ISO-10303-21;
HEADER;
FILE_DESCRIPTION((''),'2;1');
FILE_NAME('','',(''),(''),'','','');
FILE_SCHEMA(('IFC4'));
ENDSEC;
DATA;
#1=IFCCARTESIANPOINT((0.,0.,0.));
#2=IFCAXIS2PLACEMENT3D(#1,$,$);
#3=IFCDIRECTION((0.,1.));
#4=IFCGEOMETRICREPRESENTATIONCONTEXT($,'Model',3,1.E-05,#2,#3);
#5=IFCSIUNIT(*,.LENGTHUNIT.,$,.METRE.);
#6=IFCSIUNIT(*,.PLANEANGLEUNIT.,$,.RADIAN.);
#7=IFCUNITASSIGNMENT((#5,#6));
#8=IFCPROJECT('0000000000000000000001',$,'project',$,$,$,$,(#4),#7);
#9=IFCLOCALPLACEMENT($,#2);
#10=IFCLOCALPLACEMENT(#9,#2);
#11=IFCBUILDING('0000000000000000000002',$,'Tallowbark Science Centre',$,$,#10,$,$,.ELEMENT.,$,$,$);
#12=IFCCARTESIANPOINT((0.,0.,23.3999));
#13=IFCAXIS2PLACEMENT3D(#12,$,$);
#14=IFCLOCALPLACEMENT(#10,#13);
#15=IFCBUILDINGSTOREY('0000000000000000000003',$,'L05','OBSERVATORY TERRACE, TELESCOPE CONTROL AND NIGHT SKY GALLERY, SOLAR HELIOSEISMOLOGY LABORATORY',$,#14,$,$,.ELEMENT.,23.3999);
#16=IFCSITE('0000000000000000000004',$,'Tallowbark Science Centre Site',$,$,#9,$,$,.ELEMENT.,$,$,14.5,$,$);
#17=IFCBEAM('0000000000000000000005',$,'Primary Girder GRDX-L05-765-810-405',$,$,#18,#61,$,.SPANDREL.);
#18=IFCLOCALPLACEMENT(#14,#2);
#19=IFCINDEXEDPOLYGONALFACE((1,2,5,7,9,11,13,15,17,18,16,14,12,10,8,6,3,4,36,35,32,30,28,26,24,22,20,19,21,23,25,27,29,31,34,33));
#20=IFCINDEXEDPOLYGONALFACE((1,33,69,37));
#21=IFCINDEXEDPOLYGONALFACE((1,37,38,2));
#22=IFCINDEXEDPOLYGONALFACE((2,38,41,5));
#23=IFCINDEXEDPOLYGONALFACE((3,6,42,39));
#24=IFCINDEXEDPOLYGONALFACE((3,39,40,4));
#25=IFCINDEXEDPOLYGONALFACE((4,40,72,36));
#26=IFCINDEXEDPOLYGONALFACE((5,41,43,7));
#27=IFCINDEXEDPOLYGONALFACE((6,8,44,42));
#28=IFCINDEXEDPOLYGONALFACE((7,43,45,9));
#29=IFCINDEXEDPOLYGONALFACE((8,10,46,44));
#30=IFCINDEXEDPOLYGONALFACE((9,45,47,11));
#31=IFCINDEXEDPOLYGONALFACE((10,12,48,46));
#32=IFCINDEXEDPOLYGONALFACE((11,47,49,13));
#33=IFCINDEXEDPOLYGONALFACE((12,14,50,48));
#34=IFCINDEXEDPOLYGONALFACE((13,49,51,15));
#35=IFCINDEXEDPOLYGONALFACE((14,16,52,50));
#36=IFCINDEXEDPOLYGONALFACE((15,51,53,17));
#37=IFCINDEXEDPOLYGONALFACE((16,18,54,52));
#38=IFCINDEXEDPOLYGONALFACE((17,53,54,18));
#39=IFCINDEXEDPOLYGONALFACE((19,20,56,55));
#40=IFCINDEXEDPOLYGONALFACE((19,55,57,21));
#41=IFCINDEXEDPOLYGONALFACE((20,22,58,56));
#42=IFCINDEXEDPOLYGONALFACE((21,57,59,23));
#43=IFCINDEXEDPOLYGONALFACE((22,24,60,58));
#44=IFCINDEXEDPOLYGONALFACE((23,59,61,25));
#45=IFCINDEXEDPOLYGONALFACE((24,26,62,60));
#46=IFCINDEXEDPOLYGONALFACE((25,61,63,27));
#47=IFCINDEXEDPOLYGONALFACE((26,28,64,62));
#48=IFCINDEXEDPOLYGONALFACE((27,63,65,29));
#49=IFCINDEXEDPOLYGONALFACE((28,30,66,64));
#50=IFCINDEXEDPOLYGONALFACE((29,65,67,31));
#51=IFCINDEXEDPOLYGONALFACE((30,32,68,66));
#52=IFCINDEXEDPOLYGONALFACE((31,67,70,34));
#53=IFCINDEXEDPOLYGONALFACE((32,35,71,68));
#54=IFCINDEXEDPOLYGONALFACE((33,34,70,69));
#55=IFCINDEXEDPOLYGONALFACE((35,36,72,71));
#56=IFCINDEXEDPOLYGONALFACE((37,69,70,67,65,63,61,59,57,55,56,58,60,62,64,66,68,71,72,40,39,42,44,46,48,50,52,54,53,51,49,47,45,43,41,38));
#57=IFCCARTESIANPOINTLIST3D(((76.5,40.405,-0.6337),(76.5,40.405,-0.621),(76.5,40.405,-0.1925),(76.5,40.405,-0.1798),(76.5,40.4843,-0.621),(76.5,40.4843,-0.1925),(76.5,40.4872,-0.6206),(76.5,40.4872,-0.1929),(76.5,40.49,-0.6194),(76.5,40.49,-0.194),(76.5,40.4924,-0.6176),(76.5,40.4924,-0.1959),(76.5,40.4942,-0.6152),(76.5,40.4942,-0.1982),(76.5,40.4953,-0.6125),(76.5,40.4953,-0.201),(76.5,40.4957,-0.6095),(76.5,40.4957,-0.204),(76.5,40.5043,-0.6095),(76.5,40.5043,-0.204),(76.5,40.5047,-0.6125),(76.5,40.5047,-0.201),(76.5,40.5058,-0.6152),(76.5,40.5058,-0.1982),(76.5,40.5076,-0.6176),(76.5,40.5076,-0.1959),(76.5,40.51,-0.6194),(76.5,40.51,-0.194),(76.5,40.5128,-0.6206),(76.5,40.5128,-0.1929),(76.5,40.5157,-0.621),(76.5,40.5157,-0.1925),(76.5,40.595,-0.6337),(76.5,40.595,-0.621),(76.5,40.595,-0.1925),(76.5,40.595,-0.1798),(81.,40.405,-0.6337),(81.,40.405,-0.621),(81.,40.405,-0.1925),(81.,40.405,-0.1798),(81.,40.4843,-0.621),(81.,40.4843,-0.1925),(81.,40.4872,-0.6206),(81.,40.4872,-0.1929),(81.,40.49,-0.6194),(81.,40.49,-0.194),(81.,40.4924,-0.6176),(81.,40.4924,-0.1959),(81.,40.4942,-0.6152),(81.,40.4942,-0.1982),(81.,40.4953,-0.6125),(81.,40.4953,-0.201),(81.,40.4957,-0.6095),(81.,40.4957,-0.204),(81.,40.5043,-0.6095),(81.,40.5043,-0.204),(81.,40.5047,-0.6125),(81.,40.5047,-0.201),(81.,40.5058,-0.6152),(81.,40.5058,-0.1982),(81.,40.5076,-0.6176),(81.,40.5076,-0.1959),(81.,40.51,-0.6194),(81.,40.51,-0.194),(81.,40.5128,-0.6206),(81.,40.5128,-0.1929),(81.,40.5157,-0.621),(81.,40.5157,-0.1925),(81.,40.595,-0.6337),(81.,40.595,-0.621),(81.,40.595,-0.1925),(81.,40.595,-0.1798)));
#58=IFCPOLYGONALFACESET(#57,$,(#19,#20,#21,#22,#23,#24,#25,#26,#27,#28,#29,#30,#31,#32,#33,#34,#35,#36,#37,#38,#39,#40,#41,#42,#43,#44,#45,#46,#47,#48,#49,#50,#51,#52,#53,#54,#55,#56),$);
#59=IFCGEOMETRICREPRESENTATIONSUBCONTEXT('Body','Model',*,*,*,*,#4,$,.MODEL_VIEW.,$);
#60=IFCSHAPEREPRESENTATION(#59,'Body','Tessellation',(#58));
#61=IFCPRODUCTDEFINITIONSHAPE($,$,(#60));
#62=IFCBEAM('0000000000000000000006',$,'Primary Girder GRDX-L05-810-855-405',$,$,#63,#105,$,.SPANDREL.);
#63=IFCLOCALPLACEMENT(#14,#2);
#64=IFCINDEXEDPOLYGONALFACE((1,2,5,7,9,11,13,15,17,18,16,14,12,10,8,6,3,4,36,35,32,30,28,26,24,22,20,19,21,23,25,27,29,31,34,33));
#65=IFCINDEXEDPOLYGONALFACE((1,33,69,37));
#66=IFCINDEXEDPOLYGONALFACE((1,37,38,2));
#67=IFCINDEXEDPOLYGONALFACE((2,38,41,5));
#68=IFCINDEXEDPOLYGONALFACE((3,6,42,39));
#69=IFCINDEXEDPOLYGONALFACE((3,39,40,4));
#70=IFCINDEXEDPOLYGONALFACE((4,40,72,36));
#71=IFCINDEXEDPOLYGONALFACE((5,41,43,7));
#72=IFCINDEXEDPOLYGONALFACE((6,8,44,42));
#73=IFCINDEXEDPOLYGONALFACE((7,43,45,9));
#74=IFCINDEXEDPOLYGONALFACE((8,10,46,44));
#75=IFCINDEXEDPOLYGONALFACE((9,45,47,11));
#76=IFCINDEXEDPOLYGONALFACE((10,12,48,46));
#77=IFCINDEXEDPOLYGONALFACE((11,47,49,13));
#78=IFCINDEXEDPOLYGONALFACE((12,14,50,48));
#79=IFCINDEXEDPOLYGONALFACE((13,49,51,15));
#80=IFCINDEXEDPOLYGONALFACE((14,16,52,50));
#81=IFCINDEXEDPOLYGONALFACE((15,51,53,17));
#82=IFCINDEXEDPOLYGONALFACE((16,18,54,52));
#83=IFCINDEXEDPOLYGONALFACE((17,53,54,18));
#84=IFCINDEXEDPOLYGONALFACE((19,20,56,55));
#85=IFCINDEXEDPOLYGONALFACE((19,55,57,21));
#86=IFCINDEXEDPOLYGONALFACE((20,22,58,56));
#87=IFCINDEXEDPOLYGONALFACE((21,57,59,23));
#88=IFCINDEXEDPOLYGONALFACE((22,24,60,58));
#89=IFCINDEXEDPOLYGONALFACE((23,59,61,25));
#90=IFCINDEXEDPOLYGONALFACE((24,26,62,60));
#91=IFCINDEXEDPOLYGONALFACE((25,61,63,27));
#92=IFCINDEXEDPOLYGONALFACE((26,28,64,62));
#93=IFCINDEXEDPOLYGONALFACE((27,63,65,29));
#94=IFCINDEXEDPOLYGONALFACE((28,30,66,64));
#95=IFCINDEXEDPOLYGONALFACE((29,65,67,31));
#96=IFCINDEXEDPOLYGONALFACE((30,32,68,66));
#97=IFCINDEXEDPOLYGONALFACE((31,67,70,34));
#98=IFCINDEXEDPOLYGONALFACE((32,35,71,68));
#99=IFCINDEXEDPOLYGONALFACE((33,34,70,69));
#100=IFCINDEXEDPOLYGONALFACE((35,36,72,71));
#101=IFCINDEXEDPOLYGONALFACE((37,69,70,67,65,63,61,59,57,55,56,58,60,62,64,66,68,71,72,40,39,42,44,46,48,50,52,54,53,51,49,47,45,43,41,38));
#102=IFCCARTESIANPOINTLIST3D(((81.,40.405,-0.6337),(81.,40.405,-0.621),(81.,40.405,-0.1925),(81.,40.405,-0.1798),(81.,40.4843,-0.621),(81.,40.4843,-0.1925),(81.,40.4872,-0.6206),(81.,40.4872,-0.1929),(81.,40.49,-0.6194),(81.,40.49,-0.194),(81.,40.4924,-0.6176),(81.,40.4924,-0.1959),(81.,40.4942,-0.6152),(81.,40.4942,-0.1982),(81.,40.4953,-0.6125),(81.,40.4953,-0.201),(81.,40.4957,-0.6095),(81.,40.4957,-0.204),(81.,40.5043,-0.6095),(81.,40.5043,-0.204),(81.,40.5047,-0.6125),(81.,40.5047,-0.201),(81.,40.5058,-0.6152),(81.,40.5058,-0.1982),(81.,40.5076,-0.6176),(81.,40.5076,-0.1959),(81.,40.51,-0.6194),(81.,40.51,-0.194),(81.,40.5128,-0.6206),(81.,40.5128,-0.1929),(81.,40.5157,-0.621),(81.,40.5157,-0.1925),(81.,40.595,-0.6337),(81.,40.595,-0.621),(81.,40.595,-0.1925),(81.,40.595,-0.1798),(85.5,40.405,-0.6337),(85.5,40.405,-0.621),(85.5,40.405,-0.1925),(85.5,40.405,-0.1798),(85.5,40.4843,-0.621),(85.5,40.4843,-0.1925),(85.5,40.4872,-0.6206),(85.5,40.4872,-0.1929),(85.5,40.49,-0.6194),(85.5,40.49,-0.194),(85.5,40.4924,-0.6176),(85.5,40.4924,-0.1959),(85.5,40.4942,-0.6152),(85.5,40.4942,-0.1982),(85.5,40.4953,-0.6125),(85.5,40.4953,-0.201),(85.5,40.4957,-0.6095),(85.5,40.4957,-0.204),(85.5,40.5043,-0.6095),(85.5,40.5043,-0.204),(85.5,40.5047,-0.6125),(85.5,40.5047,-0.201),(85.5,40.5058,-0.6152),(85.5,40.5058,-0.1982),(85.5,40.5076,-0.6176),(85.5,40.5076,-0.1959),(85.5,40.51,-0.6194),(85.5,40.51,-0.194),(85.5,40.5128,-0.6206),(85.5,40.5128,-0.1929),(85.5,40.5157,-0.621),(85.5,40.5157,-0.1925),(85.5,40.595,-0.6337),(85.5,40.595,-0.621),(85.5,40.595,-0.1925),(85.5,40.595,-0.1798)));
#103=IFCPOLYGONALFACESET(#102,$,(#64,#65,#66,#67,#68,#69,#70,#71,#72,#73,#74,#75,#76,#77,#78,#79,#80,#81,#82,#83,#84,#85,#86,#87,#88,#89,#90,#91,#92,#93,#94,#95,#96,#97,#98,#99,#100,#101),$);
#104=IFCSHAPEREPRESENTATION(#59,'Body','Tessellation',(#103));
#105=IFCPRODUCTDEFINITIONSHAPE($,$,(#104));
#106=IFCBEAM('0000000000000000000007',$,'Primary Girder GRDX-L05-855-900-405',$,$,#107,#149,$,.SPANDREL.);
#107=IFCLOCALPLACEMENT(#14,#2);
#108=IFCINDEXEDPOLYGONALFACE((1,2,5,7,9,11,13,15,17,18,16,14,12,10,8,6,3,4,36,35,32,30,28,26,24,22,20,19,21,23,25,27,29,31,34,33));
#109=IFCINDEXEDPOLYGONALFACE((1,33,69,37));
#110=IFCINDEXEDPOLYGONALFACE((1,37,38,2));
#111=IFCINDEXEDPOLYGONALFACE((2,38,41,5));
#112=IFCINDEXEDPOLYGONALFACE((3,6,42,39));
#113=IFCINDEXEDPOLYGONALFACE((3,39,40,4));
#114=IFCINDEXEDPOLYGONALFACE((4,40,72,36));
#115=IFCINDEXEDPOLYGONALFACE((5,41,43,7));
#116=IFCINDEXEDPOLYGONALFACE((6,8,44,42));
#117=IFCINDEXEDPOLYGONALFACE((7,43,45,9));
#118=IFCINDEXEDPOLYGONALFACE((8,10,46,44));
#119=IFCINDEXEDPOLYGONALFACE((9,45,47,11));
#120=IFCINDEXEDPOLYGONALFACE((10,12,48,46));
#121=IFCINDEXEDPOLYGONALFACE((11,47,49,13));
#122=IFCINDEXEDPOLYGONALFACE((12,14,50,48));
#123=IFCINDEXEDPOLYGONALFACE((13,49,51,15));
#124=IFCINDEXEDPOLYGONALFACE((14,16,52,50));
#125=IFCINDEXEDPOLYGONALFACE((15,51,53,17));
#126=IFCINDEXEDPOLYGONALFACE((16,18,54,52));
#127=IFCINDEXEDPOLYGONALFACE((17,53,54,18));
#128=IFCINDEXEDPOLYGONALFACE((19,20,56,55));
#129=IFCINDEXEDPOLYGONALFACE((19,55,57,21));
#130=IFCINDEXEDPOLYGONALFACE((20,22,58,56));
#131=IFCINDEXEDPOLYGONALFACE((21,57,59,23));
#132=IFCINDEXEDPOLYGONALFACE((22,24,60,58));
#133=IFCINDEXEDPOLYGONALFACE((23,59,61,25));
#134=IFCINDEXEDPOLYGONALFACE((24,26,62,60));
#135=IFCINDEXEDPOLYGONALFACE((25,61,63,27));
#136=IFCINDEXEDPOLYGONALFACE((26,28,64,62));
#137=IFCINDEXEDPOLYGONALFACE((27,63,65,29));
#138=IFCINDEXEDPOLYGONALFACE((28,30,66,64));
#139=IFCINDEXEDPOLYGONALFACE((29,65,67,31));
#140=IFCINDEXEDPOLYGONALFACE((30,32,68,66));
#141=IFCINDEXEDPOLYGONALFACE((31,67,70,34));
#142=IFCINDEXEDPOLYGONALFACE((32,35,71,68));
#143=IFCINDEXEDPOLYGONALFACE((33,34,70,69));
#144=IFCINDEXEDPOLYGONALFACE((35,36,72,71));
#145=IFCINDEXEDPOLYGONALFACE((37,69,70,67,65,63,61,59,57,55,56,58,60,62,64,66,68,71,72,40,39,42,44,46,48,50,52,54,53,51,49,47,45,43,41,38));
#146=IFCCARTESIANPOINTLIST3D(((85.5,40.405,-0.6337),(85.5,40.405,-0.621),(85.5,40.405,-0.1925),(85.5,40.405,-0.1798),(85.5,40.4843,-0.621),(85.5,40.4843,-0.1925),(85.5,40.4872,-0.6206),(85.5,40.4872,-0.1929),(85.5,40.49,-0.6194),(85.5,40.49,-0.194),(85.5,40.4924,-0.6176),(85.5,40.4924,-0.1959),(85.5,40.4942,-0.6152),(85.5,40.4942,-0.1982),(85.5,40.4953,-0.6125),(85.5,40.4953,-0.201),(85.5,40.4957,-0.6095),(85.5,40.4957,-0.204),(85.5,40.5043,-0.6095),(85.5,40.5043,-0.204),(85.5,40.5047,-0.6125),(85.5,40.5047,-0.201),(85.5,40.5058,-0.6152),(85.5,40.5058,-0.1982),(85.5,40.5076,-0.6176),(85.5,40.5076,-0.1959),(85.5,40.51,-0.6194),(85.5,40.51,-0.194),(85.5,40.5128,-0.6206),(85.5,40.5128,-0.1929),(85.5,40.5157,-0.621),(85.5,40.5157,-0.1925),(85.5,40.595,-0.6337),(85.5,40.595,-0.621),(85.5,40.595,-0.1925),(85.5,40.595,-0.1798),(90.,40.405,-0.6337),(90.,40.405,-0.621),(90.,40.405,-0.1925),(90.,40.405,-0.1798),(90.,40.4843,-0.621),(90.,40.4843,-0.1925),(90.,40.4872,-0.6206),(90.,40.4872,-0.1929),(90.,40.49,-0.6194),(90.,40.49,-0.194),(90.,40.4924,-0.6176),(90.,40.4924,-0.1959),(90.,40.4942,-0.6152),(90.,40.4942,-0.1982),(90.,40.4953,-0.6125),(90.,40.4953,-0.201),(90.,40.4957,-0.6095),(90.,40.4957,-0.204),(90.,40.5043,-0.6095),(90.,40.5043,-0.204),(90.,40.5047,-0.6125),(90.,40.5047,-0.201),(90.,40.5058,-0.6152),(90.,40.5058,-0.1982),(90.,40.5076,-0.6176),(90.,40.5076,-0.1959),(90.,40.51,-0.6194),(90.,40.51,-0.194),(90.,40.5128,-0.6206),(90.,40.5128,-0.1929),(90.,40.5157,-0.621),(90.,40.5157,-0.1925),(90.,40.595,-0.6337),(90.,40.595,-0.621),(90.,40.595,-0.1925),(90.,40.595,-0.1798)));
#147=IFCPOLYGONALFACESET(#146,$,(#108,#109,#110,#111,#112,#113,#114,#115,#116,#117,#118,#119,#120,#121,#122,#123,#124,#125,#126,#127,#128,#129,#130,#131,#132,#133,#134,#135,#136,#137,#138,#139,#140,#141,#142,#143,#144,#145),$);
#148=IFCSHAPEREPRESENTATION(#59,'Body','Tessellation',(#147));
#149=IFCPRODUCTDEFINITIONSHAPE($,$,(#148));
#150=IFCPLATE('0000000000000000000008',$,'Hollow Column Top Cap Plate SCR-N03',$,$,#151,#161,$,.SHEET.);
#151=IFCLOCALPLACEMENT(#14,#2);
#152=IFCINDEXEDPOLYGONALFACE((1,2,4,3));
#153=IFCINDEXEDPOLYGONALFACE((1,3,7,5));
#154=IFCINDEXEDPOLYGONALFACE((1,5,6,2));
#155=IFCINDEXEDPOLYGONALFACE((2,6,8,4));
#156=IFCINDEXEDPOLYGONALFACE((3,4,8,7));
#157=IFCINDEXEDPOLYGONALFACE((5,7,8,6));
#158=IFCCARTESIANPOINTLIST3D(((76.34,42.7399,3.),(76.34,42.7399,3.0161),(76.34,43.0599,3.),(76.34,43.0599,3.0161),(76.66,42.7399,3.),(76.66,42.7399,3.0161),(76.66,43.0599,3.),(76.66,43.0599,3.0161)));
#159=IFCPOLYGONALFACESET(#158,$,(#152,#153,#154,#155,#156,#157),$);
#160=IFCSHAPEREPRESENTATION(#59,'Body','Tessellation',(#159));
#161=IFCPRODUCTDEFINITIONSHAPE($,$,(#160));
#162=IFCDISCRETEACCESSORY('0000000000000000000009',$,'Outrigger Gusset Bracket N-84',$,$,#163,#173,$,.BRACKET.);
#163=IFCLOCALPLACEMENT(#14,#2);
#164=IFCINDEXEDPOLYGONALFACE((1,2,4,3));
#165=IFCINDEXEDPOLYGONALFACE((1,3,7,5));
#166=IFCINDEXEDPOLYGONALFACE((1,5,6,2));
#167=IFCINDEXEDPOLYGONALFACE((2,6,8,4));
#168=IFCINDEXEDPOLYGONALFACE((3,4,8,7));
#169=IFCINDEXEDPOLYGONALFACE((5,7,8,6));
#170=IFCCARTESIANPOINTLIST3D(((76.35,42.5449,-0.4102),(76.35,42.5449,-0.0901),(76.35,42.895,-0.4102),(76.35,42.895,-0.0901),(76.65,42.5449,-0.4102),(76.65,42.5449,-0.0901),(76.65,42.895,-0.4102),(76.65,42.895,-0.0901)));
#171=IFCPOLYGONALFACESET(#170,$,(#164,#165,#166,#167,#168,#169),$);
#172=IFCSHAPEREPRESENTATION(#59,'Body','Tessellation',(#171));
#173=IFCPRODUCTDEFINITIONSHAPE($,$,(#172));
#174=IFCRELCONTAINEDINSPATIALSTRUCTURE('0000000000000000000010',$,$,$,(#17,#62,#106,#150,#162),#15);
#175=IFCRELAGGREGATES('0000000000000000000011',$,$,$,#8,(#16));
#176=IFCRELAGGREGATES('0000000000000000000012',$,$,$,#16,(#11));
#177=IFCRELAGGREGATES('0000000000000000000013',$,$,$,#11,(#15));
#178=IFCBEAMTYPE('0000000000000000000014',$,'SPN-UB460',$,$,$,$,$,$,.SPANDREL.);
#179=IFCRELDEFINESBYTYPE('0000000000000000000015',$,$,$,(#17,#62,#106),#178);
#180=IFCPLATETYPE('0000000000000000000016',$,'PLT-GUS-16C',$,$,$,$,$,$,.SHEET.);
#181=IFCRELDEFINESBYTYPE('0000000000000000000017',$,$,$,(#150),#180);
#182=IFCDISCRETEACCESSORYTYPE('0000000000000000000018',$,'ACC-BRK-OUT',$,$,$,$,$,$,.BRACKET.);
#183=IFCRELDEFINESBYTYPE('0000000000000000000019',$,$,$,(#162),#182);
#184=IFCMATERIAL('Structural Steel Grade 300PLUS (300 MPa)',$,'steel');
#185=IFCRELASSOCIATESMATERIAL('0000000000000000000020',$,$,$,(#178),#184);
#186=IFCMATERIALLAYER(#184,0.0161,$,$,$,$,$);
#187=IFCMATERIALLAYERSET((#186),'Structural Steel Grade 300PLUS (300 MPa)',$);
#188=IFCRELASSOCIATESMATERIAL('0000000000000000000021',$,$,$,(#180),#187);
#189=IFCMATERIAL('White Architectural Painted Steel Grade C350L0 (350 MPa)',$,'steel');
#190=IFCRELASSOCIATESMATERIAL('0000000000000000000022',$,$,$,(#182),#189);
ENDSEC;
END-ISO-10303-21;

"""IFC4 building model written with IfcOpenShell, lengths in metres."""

from ifc_helpers import new_model, si_unit, direction, frame, origin, origin_2d, place, context, subcontext, project, spatial, rectangle, i_section, extrude, material, layer, layer_set, material_profile, profile_set, type_object, element, save


model = new_model("IFC4")

# Units and contexts
model_context = context("Model", 3, precision=1e-05, world=origin(), true_north=direction((0.0, 1.0)))
body_context = subcontext(model_context, "Body", "Model", "MODEL_VIEW")
ifc_project = project(units=[si_unit("LENGTHUNIT", "METRE"), si_unit("PLANEANGLEUNIT", "RADIAN")], contexts=[model_context])

# Site, building, storey
site_placement = place(None, origin())
site = spatial("IfcSite", under=ifc_project, at=site_placement, Name="Tallowbark Science Centre Site", CompositionType="ELEMENT", RefElevation=14.5)
building_placement = place(site_placement, origin())
building = spatial("IfcBuilding", under=site, at=building_placement, Name="Tallowbark Science Centre", CompositionType="ELEMENT")
storey_placement = place(building_placement, frame((0.0, 0.0, 23.3999)))
storey = spatial("IfcBuildingStorey", under=building, at=storey_placement, Name="L05", Description="OBSERVATORY TERRACE, TELESCOPE CONTROL AND NIGHT SKY GALLERY, SOLAR HELIOSEISMOLOGY LABORATORY", CompositionType="ELEMENT", Elevation=23.3999)

# Shared definitions
ifc_material_1 = material(Name="White Architectural Painted Steel Grade C350L0 (350 MPa)", Category="steel")
ifc_material_2 = material(Name="Structural Steel Grade 300PLUS (300 MPa)", Category="steel")

# Beams
ifc_material_profile_1 = material_profile(ifc_material_2, i_section(OverallWidth=0.1899, OverallDepth=0.4539, WebThickness=0.0085, FlangeThickness=0.0127, FilletRadius=0.0115, at=origin_2d()), Name="460UB67.1")
ifc_profile_set_1 = profile_set([ifc_material_profile_1], Name="Structural Steel Grade 300PLUS (300 MPa)")
beam_type_1 = type_object("IfcBeamType", Name="SPN-UB460", PredefinedType="SPANDREL", material=ifc_profile_set_1)
for number, where, z_axis, x_axis, name in (
    (1, (76.5, 40.5, -0.4067), (1.0, 0.0, 0.0), (0.0, 1.0, 0.0), "Primary Girder GRDX-L05-765-810-405"),
    (2, (81.0, 40.5, -0.4067), (1.0, 0.0, 0.0), (0.0, 1.0, 0.0), "Primary Girder GRDX-L05-810-855-405"),
    (3, (85.5, 40.5, -0.4067), (1.0, 0.0, 0.0), (0.0, 1.0, 0.0), "Primary Girder GRDX-L05-855-900-405"),
):
    element("IfcBeam", number, at=place(storey_placement, frame(where, z_axis=z_axis, x_axis=x_axis)), inside=storey, type_object=beam_type_1, Name=name, PredefinedType="SPANDREL", context=body_context, shape_type="SweptSolid", body=[
        extrude(i_section(OverallWidth=0.1899, OverallDepth=0.4539, WebThickness=0.0085, FlangeThickness=0.0127, FilletRadius=0.0115, at=origin_2d()), origin(), (0.0, 0.0, 1.0), 4.5),
    ])

# Plate
ifc_layer = layer(ifc_material_2, 0.0161)
ifc_layer_set = layer_set([ifc_layer], Name="Structural Steel Grade 300PLUS (300 MPa)")
plate_type = type_object("IfcPlateType", Name="PLT-GUS-16C", PredefinedType="SHEET", material=ifc_layer_set)
plate_placement = place(storey_placement, frame((76.5, 42.8999, 3.0), z_axis=(0.0, 0.0, 1.0), x_axis=(1.0, 0.0, 0.0)))
element("IfcPlate", 4, at=plate_placement, inside=storey, type_object=plate_type, Name="Hollow Column Top Cap Plate SCR-N03", PredefinedType="SHEET", context=body_context, shape_type="SweptSolid", body=[
    extrude(rectangle(XDim=0.3201, YDim=0.3201, at=origin_2d()), origin(), (0.0, 0.0, 1.0), 0.0161),
])

# Discrete accessory
discrete_accessory_type = type_object("IfcDiscreteAccessoryType", Name="ACC-BRK-OUT", PredefinedType="BRACKET", material=ifc_material_1)
discrete_accessory_placement = place(storey_placement, frame((76.5, 42.72, -0.4102), z_axis=(0.0, 0.0, 1.0), x_axis=(1.0, 0.0, 0.0)))
element("IfcDiscreteAccessory", 5, at=discrete_accessory_placement, inside=storey, type_object=discrete_accessory_type, Name="Outrigger Gusset Bracket N-84", PredefinedType="BRACKET", context=body_context, shape_type="SweptSolid", body=[
    extrude(rectangle(XDim=0.3, YDim=0.3501, at=origin_2d()), origin(), (0.0, 0.0, 1.0), 0.3201),
])

save(model, "model.ifc")
